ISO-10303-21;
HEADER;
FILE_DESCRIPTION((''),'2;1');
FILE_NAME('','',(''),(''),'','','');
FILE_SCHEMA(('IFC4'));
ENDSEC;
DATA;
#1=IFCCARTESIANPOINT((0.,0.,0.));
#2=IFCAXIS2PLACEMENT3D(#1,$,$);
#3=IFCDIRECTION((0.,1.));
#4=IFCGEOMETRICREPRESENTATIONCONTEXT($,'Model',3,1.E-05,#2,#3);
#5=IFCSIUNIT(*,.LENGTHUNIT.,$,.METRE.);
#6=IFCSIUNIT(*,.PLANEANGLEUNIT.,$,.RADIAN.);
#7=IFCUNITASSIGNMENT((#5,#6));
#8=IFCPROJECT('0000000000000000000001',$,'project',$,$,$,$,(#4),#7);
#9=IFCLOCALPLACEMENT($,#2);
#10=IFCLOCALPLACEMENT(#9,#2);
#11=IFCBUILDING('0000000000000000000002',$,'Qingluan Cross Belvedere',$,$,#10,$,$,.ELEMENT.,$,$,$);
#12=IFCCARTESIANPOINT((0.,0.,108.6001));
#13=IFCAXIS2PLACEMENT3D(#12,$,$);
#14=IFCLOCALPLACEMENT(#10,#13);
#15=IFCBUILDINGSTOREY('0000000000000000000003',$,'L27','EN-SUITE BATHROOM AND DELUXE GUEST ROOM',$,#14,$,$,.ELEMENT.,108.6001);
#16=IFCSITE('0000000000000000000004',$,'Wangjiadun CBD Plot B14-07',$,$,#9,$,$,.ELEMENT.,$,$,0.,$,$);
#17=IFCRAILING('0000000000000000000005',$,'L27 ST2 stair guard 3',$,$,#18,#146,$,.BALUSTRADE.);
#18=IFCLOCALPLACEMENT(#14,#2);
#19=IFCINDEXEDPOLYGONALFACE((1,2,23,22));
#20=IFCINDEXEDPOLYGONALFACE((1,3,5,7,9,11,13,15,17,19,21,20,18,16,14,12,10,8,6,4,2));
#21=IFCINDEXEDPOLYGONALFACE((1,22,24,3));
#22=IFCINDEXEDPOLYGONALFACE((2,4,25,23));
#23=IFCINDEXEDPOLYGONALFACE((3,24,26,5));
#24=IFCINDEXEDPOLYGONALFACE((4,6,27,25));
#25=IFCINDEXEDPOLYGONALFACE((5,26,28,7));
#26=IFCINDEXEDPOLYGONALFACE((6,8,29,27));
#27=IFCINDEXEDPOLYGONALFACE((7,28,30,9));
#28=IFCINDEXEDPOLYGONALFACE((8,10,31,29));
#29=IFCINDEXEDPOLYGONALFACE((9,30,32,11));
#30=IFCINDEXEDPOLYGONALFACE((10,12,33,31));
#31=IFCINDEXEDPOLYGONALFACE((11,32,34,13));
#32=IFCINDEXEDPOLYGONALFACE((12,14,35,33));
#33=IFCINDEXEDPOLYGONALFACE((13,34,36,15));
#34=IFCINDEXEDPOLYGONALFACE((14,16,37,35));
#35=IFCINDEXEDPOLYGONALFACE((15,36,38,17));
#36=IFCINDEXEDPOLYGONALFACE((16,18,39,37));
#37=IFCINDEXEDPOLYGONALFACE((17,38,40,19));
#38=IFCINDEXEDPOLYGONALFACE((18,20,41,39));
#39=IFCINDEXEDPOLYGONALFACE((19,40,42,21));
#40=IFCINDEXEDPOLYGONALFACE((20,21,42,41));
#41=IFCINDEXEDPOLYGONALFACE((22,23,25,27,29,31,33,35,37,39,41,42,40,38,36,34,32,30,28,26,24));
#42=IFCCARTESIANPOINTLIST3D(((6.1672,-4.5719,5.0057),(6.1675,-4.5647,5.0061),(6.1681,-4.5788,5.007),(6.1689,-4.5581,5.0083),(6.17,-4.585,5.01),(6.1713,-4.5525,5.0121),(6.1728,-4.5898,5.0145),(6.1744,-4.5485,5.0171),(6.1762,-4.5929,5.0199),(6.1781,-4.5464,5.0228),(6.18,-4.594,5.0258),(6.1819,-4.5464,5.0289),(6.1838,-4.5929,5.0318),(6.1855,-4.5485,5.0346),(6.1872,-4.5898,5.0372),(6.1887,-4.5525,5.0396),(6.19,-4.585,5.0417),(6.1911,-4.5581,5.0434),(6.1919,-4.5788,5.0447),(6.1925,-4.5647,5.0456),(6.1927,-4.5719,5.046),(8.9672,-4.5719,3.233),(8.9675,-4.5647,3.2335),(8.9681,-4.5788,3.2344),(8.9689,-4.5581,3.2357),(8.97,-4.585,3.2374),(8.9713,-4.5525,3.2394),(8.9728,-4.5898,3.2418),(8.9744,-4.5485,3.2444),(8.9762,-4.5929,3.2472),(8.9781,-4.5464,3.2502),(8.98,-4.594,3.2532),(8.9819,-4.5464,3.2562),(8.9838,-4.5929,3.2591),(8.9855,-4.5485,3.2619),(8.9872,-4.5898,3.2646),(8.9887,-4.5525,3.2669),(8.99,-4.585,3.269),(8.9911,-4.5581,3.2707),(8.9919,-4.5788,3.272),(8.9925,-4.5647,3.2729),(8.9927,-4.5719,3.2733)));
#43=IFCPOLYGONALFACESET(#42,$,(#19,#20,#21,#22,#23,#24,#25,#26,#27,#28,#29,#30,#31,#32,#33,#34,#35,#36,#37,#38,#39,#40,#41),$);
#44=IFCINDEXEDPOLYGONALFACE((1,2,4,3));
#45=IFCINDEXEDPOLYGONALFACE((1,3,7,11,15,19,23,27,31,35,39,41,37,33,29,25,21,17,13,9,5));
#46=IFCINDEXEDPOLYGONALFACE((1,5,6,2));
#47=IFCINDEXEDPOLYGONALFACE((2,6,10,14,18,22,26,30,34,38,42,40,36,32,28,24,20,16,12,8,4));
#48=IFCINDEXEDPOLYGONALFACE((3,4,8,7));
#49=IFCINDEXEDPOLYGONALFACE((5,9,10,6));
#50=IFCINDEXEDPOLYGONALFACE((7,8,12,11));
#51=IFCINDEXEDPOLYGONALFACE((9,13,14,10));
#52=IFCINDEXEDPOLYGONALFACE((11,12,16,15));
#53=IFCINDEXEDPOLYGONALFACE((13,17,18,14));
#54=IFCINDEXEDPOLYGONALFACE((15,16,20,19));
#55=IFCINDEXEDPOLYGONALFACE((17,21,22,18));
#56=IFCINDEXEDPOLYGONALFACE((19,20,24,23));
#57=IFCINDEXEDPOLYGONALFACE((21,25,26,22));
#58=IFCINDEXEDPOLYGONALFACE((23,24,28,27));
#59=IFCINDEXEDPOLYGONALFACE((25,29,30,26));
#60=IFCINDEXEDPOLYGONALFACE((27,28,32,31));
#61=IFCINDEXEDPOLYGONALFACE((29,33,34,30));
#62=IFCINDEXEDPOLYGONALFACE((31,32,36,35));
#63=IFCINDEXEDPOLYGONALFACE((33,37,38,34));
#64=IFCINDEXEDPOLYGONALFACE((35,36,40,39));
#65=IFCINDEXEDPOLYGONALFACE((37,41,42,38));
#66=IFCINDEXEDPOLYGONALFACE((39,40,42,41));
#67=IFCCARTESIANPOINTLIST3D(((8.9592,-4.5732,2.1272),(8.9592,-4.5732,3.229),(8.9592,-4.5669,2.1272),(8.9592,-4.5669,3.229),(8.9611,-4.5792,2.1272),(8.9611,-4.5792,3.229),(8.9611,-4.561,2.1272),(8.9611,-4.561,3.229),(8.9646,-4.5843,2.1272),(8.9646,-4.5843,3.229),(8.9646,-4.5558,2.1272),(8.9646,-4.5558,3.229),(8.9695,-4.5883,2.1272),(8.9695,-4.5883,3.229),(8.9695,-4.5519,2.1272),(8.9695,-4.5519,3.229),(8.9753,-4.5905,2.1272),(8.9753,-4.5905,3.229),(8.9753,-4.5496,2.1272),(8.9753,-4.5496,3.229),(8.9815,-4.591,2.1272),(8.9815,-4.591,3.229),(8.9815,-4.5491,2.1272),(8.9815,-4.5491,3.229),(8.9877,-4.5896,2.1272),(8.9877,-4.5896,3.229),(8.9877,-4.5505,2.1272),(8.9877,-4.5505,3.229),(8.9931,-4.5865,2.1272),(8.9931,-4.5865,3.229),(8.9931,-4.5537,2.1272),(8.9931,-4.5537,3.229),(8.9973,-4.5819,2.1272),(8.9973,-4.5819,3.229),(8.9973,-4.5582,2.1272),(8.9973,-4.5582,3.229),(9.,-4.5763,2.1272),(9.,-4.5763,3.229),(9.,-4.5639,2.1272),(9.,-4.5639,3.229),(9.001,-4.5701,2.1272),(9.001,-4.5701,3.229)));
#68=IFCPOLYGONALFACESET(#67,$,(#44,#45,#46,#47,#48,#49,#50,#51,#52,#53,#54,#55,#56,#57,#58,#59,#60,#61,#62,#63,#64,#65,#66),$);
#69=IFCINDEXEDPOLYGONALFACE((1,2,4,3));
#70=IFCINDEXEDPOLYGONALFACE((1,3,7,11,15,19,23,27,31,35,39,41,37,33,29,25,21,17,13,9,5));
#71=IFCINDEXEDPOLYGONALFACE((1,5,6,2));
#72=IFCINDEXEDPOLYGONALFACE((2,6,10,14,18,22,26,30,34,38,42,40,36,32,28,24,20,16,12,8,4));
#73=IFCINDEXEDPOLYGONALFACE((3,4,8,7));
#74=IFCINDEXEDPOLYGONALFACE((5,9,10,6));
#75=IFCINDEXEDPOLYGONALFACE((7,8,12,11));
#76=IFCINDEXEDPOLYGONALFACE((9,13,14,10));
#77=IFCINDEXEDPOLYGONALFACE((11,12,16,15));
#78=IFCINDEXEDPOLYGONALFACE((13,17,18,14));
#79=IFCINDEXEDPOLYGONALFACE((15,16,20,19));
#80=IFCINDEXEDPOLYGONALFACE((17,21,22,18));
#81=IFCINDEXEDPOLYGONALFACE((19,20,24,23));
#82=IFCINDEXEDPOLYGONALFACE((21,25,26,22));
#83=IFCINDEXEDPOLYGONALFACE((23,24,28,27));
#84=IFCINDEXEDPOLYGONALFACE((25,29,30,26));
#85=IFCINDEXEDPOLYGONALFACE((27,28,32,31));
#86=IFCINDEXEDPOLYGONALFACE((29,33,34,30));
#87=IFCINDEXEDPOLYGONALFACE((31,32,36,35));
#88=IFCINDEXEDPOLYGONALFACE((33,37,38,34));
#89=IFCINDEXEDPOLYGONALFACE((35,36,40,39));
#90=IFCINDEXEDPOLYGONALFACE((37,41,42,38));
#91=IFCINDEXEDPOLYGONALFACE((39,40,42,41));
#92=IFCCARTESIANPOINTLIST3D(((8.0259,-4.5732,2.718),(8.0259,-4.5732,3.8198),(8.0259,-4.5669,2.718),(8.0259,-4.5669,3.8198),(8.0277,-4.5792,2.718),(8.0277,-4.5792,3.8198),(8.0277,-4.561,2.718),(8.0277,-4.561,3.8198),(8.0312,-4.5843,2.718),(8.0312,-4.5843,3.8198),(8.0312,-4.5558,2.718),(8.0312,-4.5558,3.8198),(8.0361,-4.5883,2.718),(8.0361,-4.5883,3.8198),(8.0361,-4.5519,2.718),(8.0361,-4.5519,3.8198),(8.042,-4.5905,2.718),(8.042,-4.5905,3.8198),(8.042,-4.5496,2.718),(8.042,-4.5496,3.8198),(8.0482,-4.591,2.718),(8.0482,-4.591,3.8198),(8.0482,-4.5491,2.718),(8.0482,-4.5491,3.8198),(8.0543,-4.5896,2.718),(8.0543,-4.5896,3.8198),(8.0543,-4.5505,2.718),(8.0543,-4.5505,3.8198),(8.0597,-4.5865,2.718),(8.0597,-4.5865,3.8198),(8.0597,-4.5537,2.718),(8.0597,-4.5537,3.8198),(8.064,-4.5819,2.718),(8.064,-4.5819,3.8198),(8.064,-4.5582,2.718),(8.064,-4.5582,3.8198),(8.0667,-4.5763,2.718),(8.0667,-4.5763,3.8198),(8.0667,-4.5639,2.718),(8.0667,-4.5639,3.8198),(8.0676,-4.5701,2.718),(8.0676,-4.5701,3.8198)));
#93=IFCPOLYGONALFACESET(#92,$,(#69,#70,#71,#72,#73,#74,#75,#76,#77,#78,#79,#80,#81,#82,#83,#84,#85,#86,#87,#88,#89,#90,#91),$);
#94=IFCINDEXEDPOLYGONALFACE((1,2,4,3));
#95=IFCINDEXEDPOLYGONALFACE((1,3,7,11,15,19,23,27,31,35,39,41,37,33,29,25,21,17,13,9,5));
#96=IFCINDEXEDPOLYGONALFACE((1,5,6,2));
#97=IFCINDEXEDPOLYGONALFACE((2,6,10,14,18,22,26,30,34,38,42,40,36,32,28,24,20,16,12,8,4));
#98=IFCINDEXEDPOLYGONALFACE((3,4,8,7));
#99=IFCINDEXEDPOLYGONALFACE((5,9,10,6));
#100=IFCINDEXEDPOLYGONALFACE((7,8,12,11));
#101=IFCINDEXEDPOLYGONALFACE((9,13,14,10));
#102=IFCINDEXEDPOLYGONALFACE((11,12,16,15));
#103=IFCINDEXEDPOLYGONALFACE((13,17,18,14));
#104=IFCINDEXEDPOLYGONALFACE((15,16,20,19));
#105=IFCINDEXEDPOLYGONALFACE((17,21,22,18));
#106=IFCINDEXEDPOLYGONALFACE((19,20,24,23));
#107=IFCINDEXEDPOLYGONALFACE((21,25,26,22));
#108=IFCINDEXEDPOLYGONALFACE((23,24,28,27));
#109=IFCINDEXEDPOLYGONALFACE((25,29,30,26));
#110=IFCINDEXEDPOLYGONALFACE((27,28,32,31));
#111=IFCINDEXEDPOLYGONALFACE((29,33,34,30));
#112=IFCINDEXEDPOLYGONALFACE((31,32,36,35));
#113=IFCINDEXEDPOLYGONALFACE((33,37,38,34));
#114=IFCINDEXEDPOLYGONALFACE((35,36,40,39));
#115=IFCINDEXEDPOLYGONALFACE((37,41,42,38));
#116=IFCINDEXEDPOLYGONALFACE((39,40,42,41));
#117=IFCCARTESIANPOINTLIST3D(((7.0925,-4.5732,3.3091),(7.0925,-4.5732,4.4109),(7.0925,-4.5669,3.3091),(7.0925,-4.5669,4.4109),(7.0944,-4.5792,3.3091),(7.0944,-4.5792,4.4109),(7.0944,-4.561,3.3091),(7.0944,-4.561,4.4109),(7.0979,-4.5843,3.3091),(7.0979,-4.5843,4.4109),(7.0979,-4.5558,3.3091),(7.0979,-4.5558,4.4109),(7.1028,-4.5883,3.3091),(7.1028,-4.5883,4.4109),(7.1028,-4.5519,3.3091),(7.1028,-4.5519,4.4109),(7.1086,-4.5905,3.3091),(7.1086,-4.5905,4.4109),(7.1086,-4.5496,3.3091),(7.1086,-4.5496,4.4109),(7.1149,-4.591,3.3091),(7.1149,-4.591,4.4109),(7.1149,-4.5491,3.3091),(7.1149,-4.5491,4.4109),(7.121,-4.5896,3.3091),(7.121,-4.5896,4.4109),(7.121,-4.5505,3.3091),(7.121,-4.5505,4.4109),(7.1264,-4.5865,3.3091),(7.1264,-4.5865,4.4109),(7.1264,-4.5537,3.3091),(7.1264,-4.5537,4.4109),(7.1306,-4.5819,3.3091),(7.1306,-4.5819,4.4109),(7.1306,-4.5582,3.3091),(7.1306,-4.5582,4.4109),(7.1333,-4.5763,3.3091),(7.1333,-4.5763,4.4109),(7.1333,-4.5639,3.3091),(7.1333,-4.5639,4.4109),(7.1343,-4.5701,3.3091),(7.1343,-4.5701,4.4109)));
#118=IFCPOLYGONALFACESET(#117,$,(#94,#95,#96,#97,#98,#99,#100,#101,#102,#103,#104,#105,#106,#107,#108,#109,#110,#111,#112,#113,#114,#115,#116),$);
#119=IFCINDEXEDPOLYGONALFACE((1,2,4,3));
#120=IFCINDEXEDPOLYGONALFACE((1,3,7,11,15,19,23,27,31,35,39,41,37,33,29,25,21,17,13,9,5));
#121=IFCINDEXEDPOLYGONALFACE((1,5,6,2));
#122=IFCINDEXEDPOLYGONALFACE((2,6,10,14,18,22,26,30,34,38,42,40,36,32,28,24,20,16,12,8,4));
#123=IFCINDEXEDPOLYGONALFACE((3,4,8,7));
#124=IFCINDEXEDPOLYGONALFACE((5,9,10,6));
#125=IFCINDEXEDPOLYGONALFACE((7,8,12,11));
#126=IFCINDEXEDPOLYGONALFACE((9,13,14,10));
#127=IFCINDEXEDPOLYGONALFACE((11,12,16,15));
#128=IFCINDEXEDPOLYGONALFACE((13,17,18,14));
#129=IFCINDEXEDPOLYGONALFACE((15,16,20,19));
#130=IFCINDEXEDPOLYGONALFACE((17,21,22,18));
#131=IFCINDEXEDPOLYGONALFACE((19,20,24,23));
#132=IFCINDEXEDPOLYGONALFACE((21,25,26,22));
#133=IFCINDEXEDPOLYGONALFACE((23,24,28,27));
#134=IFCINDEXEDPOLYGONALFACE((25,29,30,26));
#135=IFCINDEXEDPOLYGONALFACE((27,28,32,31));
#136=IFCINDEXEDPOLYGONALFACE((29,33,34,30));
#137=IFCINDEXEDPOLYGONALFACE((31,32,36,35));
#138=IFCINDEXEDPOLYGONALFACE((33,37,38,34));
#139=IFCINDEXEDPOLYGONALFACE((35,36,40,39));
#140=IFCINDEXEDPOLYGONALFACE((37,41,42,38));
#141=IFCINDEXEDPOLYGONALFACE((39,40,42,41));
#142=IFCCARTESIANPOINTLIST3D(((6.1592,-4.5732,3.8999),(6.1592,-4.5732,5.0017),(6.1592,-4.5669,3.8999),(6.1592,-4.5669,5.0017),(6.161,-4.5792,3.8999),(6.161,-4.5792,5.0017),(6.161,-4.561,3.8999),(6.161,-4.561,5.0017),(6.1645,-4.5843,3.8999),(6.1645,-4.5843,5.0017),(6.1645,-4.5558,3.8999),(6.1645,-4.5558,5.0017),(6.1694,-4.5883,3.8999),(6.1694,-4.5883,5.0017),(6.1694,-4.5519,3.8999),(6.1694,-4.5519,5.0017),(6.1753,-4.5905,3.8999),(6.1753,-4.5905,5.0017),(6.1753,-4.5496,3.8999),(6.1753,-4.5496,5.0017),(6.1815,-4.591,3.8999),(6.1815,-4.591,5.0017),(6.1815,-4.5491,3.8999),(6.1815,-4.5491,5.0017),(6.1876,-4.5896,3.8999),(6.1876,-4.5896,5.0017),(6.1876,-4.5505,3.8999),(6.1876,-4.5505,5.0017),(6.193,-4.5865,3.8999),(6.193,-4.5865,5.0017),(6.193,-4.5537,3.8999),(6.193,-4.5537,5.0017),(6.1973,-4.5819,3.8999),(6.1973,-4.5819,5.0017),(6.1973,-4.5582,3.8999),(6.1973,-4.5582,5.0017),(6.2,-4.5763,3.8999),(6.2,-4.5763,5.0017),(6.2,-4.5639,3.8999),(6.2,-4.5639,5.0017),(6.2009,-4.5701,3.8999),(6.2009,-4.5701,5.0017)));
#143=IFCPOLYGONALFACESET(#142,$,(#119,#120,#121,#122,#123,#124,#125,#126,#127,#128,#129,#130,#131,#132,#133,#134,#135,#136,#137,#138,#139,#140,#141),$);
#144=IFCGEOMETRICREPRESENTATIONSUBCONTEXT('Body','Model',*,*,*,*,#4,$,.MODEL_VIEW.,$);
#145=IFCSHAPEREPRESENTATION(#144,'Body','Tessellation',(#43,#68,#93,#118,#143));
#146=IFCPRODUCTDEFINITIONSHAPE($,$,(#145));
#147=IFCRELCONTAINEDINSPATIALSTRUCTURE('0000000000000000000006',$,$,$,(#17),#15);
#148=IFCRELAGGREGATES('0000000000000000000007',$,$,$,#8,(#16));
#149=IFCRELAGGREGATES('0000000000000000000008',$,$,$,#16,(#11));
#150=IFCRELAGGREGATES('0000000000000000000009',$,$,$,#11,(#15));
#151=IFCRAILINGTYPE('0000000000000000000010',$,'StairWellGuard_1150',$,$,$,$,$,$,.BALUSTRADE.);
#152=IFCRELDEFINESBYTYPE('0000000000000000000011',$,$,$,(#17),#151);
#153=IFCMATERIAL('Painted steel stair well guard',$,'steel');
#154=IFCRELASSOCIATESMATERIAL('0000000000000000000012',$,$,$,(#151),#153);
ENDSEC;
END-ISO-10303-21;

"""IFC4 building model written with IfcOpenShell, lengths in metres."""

from ifc_helpers import new_model, si_unit, direction, frame, origin, origin_2d, place, context, subcontext, project, spatial, circle, extrude, material, type_object, element, save


model = new_model("IFC4")

# Units and contexts
model_context = context("Model", 3, precision=1e-05, world=origin(), true_north=direction((0.0, 1.0)))
body_context = subcontext(model_context, "Body", "Model", "MODEL_VIEW")
ifc_project = project(units=[si_unit("LENGTHUNIT", "METRE"), si_unit("PLANEANGLEUNIT", "RADIAN")], contexts=[model_context])

# Site, building, storey
site_placement = place(None, origin())
site = spatial("IfcSite", under=ifc_project, at=site_placement, Name="Wangjiadun CBD Plot B14-07", CompositionType="ELEMENT", RefElevation=0.0)
building_placement = place(site_placement, origin())
building = spatial("IfcBuilding", under=site, at=building_placement, Name="Qingluan Cross Belvedere", CompositionType="ELEMENT")
storey_placement = place(building_placement, frame((0.0, 0.0, 108.6001)))
storey = spatial("IfcBuildingStorey", under=building, at=storey_placement, Name="L27", Description="EN-SUITE BATHROOM AND DELUXE GUEST ROOM", CompositionType="ELEMENT", Elevation=108.6001)

# Railing
ifc_material_1 = material(Name="Painted steel stair well guard", Category="steel")
railing_type_1 = type_object("IfcRailingType", Name="StairWellGuard_1150", PredefinedType="BALUSTRADE", material=ifc_material_1)
railing_1_placement = place(storey_placement, frame((8.98, -4.5701, 2.1272)))
element("IfcRailing", 1, at=railing_1_placement, inside=storey, type_object=railing_type_1, Name="L27 ST2 stair guard 3", PredefinedType="BALUSTRADE", context=body_context, shape_type="SweptSolid", body=[
    extrude(circle(Radius=0.0239, at=origin_2d()), frame((0.0, 0.0, 1.126), z_axis=(-0.844909, 0.0, 0.53491), x_axis=(0.0, -1.0, 0.0)), (0.0, 0.0, 1.0), 3.314),
    extrude(circle(Radius=0.021, at=origin_2d()), origin(), (0.0, 0.0, 1.0), 1.1018),
    extrude(circle(Radius=0.021, at=origin_2d()), frame((-0.9333, 0.0, 0.5908)), (0.0, 0.0, 1.0), 1.1018),
    extrude(circle(Radius=0.021, at=origin_2d()), frame((-1.8667, 0.0, 1.1819)), (0.0, 0.0, 1.0), 1.1018),
    extrude(circle(Radius=0.021, at=origin_2d()), frame((-2.8, 0.0, 1.7727)), (0.0, 0.0, 1.0), 1.1018),
])

save(model, "model.ifc")
